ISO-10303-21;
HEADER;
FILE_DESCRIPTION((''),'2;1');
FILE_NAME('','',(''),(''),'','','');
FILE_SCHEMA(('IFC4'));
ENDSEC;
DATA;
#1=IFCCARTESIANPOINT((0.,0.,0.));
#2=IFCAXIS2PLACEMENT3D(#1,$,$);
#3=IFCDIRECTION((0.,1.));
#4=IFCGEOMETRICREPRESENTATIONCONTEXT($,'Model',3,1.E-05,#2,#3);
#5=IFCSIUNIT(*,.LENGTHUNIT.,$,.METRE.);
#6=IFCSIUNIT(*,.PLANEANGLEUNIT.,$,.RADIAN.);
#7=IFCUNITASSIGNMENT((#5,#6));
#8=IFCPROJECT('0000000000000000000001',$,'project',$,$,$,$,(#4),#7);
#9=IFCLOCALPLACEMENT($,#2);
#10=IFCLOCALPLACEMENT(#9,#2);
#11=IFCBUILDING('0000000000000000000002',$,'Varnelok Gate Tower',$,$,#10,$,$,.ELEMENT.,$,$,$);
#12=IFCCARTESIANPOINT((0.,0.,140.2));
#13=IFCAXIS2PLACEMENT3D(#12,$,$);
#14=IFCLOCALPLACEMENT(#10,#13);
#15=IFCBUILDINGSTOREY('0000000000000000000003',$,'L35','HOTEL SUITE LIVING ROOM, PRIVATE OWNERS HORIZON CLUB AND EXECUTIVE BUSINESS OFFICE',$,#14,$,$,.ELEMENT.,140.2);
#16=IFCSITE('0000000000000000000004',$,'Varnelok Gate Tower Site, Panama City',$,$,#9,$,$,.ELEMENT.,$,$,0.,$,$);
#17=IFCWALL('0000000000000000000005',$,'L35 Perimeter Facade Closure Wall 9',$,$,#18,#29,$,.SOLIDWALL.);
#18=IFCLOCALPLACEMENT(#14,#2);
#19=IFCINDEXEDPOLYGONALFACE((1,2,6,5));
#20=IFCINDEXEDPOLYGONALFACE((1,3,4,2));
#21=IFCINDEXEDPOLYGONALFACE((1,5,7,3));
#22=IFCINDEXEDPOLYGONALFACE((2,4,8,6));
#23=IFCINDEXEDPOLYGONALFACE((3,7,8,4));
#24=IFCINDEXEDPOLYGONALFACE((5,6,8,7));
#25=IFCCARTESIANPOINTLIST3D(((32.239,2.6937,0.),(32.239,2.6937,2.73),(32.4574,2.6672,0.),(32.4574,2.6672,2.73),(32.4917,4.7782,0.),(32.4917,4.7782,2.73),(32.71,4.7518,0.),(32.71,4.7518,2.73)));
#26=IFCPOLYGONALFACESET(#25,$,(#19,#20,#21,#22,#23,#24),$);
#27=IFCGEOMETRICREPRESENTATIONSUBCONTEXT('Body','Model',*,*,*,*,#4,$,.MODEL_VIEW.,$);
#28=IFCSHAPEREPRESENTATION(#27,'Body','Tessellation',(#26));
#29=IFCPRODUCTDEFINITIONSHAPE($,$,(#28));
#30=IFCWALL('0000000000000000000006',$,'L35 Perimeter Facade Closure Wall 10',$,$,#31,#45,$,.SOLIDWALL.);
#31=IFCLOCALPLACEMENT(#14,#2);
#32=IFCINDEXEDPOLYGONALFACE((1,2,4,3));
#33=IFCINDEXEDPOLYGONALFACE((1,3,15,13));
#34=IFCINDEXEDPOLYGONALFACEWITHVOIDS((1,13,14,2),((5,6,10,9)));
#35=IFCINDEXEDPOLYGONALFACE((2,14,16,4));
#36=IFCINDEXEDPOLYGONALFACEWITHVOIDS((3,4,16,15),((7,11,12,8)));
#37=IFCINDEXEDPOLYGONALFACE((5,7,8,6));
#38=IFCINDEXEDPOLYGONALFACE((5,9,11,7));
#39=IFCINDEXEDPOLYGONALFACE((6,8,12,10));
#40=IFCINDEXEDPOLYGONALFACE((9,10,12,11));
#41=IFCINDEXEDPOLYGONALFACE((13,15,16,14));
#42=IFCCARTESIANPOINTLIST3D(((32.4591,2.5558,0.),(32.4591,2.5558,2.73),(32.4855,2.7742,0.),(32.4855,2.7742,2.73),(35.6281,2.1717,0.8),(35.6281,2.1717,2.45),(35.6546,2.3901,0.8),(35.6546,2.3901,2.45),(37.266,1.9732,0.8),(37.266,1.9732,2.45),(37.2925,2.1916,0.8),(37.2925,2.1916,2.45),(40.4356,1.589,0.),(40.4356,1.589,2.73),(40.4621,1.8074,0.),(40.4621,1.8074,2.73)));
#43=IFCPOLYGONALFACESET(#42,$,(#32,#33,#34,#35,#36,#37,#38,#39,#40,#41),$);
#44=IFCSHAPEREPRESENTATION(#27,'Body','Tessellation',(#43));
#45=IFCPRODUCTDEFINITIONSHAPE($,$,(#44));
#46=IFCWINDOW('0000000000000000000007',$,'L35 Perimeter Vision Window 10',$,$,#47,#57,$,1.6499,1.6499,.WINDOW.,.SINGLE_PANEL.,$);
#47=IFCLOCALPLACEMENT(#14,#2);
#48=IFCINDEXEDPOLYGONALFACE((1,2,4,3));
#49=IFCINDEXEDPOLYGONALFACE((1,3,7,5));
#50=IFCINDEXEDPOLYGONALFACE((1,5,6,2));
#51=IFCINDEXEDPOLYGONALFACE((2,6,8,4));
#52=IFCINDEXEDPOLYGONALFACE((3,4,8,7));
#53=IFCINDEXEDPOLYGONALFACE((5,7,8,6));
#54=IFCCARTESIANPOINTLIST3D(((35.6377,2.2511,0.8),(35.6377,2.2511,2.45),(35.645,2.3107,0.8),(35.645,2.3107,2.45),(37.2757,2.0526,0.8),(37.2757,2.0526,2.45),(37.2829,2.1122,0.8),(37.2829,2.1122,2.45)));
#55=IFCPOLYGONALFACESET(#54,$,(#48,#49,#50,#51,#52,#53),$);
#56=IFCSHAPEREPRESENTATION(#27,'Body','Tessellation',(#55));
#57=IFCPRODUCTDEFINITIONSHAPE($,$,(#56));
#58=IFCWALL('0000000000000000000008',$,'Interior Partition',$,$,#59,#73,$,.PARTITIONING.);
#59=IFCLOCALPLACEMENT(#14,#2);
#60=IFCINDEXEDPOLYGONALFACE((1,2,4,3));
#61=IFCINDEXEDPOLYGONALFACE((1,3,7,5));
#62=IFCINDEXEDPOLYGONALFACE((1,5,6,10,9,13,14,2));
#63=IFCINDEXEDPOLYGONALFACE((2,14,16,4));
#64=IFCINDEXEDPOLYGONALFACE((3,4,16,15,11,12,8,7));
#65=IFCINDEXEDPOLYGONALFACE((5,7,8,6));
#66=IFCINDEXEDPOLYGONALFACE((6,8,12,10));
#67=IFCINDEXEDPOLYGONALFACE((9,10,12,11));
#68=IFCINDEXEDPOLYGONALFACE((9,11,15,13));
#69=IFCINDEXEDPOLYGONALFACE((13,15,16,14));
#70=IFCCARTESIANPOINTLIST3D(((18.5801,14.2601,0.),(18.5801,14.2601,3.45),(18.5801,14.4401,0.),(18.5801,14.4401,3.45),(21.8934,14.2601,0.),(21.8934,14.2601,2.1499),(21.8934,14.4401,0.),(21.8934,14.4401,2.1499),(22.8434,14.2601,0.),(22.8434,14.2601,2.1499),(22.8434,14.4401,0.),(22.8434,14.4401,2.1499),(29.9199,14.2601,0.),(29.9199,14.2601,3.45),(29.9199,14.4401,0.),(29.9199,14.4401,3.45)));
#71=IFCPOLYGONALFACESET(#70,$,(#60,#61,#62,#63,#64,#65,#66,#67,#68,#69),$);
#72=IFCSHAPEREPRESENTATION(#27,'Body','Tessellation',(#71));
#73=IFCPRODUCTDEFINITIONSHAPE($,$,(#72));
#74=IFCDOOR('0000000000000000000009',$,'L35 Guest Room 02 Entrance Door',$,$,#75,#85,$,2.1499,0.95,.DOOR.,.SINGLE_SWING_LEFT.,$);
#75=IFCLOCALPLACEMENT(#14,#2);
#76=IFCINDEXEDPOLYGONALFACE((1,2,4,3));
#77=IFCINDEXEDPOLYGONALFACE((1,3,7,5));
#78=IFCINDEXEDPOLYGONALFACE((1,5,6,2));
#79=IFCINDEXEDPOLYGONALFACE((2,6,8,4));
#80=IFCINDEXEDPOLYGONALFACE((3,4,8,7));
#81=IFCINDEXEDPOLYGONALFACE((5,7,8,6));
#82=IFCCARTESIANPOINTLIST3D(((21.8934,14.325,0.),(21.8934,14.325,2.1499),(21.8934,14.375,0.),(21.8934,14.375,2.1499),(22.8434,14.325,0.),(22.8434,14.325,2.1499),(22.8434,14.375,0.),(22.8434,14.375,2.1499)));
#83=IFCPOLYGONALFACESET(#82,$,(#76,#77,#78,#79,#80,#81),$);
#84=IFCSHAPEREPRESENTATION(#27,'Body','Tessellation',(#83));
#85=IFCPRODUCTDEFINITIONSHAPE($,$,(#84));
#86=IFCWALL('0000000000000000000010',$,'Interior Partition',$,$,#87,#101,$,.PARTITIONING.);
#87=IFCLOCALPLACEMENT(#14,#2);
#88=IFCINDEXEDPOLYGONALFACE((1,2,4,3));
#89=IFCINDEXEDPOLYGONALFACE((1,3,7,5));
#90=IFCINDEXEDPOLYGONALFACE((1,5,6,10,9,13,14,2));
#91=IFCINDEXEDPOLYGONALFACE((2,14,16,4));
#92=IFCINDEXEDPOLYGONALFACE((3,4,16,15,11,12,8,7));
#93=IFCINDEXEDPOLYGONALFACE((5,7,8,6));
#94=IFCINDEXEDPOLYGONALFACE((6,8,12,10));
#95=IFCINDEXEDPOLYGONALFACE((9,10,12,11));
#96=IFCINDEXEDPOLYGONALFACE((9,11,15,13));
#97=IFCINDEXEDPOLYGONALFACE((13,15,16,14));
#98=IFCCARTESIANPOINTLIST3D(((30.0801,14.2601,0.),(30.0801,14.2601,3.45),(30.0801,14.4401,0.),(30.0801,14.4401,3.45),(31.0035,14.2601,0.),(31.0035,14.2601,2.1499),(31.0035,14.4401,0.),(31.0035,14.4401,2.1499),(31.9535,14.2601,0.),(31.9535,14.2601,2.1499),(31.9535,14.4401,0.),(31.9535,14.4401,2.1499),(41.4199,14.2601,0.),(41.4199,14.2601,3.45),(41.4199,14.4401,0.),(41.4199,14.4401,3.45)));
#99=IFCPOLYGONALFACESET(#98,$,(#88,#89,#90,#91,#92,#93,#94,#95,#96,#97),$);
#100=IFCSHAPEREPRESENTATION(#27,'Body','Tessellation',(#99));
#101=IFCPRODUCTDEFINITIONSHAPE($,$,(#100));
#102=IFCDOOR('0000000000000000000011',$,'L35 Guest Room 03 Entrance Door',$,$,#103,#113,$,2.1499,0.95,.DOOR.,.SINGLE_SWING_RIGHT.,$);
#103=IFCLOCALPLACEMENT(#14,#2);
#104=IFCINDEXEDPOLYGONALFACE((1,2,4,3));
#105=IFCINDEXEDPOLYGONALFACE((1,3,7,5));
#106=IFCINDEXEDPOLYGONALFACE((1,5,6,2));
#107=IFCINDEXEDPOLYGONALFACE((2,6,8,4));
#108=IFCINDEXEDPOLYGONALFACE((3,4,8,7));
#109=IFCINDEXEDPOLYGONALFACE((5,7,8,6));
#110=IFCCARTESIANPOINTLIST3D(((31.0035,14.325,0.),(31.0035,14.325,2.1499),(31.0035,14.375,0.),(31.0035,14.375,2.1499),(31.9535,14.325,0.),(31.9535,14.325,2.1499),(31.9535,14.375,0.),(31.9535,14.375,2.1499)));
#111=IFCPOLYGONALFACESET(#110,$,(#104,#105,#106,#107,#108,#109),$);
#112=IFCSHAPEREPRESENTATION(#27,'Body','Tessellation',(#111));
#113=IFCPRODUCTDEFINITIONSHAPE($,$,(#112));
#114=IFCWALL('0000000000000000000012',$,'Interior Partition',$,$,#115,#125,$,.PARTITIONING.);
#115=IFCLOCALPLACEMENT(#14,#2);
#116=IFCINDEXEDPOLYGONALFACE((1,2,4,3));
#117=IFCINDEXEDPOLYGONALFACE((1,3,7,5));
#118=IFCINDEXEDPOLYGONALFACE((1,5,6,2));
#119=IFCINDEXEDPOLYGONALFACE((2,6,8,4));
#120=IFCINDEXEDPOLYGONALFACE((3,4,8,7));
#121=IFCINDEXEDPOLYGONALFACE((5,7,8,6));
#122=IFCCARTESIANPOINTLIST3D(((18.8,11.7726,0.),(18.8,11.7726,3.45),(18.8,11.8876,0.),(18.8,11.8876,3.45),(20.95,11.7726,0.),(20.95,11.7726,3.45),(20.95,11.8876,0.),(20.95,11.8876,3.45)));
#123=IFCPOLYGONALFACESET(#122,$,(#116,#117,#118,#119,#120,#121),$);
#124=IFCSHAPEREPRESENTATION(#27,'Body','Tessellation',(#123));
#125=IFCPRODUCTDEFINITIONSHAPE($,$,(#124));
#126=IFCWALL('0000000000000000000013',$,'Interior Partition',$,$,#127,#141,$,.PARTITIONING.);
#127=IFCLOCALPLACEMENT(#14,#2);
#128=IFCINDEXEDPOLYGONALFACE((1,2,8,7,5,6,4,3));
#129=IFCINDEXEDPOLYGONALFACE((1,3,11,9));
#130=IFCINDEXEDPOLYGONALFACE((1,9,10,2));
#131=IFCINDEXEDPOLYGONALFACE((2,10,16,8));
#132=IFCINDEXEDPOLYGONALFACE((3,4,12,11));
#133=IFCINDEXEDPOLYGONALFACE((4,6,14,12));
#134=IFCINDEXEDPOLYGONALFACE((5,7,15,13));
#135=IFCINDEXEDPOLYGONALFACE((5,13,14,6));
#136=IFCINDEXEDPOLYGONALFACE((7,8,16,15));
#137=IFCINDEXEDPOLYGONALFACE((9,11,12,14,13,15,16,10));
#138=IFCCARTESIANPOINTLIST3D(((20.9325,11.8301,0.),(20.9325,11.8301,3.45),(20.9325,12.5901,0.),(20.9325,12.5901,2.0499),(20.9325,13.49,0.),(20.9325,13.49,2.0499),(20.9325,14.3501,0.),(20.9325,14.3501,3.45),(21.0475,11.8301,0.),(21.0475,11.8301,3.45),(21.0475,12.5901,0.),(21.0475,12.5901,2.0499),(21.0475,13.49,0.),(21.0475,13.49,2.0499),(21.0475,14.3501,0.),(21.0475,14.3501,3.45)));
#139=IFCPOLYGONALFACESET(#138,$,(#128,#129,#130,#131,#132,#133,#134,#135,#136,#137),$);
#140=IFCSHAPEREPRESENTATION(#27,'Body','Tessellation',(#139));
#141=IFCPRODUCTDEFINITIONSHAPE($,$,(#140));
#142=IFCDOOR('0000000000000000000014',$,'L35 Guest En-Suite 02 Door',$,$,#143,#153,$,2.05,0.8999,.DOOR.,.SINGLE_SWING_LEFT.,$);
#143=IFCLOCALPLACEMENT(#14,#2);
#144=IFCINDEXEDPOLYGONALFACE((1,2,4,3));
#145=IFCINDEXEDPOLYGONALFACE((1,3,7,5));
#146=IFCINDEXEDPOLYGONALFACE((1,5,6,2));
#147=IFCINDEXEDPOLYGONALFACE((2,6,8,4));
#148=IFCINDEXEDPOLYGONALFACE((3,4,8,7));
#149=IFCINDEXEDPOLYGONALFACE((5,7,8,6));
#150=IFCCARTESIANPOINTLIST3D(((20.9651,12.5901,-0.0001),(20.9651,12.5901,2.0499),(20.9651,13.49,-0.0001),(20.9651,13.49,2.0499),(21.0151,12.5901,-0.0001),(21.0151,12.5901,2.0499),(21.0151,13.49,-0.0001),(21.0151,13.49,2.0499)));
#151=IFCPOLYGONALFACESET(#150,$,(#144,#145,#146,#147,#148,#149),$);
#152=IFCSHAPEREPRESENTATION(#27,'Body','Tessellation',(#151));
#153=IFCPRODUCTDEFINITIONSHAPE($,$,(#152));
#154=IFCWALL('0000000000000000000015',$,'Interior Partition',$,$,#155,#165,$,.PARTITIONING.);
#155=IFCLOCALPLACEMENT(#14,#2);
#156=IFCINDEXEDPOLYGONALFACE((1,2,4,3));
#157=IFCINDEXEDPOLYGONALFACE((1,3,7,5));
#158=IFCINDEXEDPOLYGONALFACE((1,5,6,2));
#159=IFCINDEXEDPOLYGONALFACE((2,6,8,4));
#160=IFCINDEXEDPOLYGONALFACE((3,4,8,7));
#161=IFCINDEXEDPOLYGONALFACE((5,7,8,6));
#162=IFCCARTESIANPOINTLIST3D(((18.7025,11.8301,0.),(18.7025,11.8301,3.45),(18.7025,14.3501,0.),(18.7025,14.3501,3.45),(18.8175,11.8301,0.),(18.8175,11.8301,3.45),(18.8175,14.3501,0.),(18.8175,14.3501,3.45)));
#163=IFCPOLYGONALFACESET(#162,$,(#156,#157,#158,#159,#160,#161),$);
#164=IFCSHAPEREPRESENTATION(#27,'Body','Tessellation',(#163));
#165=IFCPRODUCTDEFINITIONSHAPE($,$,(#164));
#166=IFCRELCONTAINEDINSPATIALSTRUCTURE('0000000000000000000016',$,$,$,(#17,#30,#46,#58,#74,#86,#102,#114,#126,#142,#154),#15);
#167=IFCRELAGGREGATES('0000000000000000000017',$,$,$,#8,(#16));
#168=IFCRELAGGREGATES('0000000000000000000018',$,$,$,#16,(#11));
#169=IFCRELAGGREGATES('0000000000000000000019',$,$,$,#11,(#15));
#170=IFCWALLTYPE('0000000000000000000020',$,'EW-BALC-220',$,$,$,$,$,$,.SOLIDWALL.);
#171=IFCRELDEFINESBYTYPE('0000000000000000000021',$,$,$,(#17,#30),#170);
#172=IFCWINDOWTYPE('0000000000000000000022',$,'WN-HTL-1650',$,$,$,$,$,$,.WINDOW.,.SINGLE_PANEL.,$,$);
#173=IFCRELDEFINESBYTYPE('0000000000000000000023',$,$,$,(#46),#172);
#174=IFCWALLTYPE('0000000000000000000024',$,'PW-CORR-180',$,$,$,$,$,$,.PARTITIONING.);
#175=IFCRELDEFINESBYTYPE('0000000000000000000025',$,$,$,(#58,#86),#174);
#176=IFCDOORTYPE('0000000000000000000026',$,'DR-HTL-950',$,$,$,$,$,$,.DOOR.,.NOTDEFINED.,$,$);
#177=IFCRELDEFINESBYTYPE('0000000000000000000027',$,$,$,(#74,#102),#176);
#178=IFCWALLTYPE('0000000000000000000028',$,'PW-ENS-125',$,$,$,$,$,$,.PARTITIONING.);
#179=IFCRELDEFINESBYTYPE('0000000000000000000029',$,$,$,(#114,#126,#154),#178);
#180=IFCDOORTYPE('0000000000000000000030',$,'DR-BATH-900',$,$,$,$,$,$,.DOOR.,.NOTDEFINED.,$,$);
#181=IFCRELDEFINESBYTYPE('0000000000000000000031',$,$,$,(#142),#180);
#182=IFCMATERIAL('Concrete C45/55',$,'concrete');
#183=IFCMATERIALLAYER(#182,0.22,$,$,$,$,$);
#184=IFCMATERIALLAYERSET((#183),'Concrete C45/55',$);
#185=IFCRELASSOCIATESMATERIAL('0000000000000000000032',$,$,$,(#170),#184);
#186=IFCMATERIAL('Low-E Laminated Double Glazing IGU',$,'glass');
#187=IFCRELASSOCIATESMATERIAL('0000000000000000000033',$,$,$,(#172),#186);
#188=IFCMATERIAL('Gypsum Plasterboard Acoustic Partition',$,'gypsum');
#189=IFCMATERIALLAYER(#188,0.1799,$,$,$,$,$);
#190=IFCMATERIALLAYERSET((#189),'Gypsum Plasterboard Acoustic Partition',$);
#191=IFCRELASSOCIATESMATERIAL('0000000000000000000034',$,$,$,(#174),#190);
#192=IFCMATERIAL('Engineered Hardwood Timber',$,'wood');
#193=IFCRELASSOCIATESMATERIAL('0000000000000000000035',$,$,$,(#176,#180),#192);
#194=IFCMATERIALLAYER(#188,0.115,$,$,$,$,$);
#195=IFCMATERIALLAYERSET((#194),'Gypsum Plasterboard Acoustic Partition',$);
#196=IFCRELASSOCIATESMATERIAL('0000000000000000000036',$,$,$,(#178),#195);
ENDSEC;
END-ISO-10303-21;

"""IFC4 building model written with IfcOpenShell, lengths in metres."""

from ifc_helpers import new_model, si_unit, direction, frame, frame_2d, origin, place, context, subcontext, project, spatial, rectangle, extrude, material, layer, layer_set, type_object, element, fill, save


model = new_model("IFC4")

# Units and contexts
model_context = context("Model", 3, precision=1e-05, world=origin(), true_north=direction((0.0, 1.0)))
body_context = subcontext(model_context, "Body", "Model", "MODEL_VIEW")
ifc_project = project(units=[si_unit("LENGTHUNIT", "METRE"), si_unit("PLANEANGLEUNIT", "RADIAN")], contexts=[model_context])

# Site, building, storey
site_placement = place(None, origin())
site = spatial("IfcSite", under=ifc_project, at=site_placement, Name="Varnelok Gate Tower Site, Panama City", CompositionType="ELEMENT", RefElevation=0.0)
building_placement = place(site_placement, origin())
building = spatial("IfcBuilding", under=site, at=building_placement, Name="Varnelok Gate Tower", CompositionType="ELEMENT")
storey_placement = place(building_placement, frame((0.0, 0.0, 140.2)))
storey = spatial("IfcBuildingStorey", under=building, at=storey_placement, Name="L35", Description="HOTEL SUITE LIVING ROOM, PRIVATE OWNERS HORIZON CLUB AND EXECUTIVE BUSINESS OFFICE", CompositionType="ELEMENT", Elevation=140.2)

# Shared definitions
ifc_material_1 = material(Name="Concrete C45/55", Category="concrete")
ifc_layer_1 = layer(ifc_material_1, 0.22)
ifc_layer_set_1 = layer_set([ifc_layer_1], Name="Concrete C45/55")
wall_type_1 = type_object("IfcWallType", Name="EW-BALC-220", PredefinedType="SOLIDWALL", material=ifc_layer_set_1)

# Wall
wall_1_placement = place(storey_placement, frame((32.6008, 4.7649, 0.0), z_axis=(0.0, 0.0, 1.0), x_axis=(-0.120328, -0.992734, 0.0)))
element("IfcWall", 1, at=wall_1_placement, inside=storey, type_object=wall_type_1, Name="L35 Perimeter Facade Closure Wall 9", PredefinedType="SOLIDWALL", context=body_context, shape_type="SweptSolid", body=[
    extrude(rectangle(XDim=2.0999, YDim=0.22, at=frame_2d((1.0498, 0.0))), origin(), (0.0, 0.0, 1.0), 2.73),
])

# Wall, opening, window
wall_2_placement = place(storey_placement, frame((32.4722, 2.665, 0.0), z_axis=(0.0, 0.0, 1.0), x_axis=(0.992735, -0.120324, 0.0)))
wall_2 = element("IfcWall", 2, at=wall_2_placement, inside=storey, type_object=wall_type_1, Name="L35 Perimeter Facade Closure Wall 10", PredefinedType="SOLIDWALL", context=body_context, shape_type="SweptSolid", body=[
    extrude(rectangle(XDim=8.0349, YDim=0.22, at=frame_2d((4.0176, 0.0))), origin(), (0.0, 0.0, 1.0), 2.73),
])
opening_1_placement = place(wall_2_placement, frame((3.1924, 0.0, 0.8)))
opening_1 = element("IfcOpeningElement", 3, at=opening_1_placement, cuts=wall_2, PredefinedType="OPENING", context=body_context, shape_type="SweptSolid", body=[
    extrude(rectangle(XDim=1.6499, YDim=1.6499, at=frame_2d((0.825, 0.825))), frame((0.0, 0.1199, 0.0), z_axis=(0.0, -1.0, 0.0), x_axis=(1.0, 0.0, 0.0)), (0.0, 0.0, 1.0), 0.24),
])
ifc_material_2 = material(Name="Low-E Laminated Double Glazing IGU", Category="glass")
window_type = type_object("IfcWindowType", Name="WN-HTL-1650", PartitioningType="SINGLE_PANEL", PredefinedType="WINDOW", material=ifc_material_2)
window_placement = place(opening_1_placement, origin())
window = element("IfcWindow", 4, at=window_placement, inside=storey, type_object=window_type, Name="L35 Perimeter Vision Window 10", OverallHeight=1.6499, OverallWidth=1.6499, PartitioningType="SINGLE_PANEL", PredefinedType="WINDOW", context=body_context, shape_type="SweptSolid", body=[
    extrude(rectangle(XDim=1.6499, YDim=1.6499, at=frame_2d((0.825, 0.825))), frame((0.0, 0.03, 0.0), z_axis=(0.0, -1.0, 0.0), x_axis=(1.0, 0.0, 0.0)), (0.0, 0.0, 1.0), 0.0601),
])
fill(opening_1, window)

# Walls, openings, doors
ifc_material_3 = material(Name="Gypsum Plasterboard Acoustic Partition", Category="gypsum")
ifc_layer_2 = layer(ifc_material_3, 0.1799)
ifc_layer_set_2 = layer_set([ifc_layer_2], Name="Gypsum Plasterboard Acoustic Partition")
wall_type_2 = type_object("IfcWallType", Name="PW-CORR-180", PredefinedType="PARTITIONING", material=ifc_layer_set_2)
wall_3_placement = place(storey_placement, frame((18.5801, 14.3501, 0.0), z_axis=(0.0, 0.0, 1.0), x_axis=(1.0, 0.0, 0.0)))
wall_3 = element("IfcWall", 5, at=wall_3_placement, inside=storey, type_object=wall_type_2, Name="Interior Partition", PredefinedType="PARTITIONING", context=body_context, shape_type="SweptSolid", body=[
    extrude(rectangle(XDim=11.3398, YDim=0.1799, at=frame_2d((5.6699, 0.0))), origin(), (0.0, 0.0, 1.0), 3.45),
])
opening_2_placement = place(wall_3_placement, frame((3.3132, 0.0, 0.0)))
opening_2 = element("IfcOpeningElement", 6, at=opening_2_placement, cuts=wall_3, PredefinedType="OPENING", context=body_context, shape_type="SweptSolid", body=[
    extrude(rectangle(XDim=0.95, YDim=2.1499, at=frame_2d((0.4751, 1.075))), frame((0.0, 0.0999, 0.0), z_axis=(0.0, -1.0, 0.0), x_axis=(1.0, 0.0, 0.0)), (0.0, 0.0, 1.0), 0.2),
])
ifc_material_4 = material(Name="Engineered Hardwood Timber", Category="wood")
door_type_1 = type_object("IfcDoorType", Name="DR-HTL-950", OperationType="NOTDEFINED", PredefinedType="DOOR", material=ifc_material_4)
door_1_placement = place(opening_2_placement, origin())
door_1 = element("IfcDoor", 7, at=door_1_placement, inside=storey, type_object=door_type_1, Name="L35 Guest Room 02 Entrance Door", OperationType="SINGLE_SWING_LEFT", OverallHeight=2.1499, OverallWidth=0.95, PredefinedType="DOOR", context=body_context, shape_type="SweptSolid", body=[
    extrude(rectangle(XDim=0.95, YDim=2.1499, at=frame_2d((0.4751, 1.075))), frame((0.0, 0.0249, 0.0), z_axis=(0.0, -1.0, 0.0), x_axis=(1.0, 0.0, 0.0)), (0.0, 0.0, 1.0), 0.05),
])
fill(opening_2, door_1)
wall_4_placement = place(storey_placement, frame((30.0801, 14.3501, 0.0), z_axis=(0.0, 0.0, 1.0), x_axis=(1.0, 0.0, 0.0)))
wall_4 = element("IfcWall", 8, at=wall_4_placement, inside=storey, type_object=wall_type_2, Name="Interior Partition", PredefinedType="PARTITIONING", context=body_context, shape_type="SweptSolid", body=[
    extrude(rectangle(XDim=11.3398, YDim=0.1799, at=frame_2d((5.6699, 0.0))), origin(), (0.0, 0.0, 1.0), 3.45),
])
opening_3_placement = place(wall_4_placement, frame((0.9233, 0.0, 0.0)))
opening_3 = element("IfcOpeningElement", 9, at=opening_3_placement, cuts=wall_4, PredefinedType="OPENING", context=body_context, shape_type="SweptSolid", body=[
    extrude(rectangle(XDim=0.95, YDim=2.1499, at=frame_2d((0.4751, 1.075))), frame((0.0, 0.0999, 0.0), z_axis=(0.0, -1.0, 0.0), x_axis=(1.0, 0.0, 0.0)), (0.0, 0.0, 1.0), 0.2),
])
door_2_placement = place(opening_3_placement, origin())
door_2 = element("IfcDoor", 10, at=door_2_placement, inside=storey, type_object=door_type_1, Name="L35 Guest Room 03 Entrance Door", OperationType="SINGLE_SWING_RIGHT", OverallHeight=2.1499, OverallWidth=0.95, PredefinedType="DOOR", context=body_context, shape_type="SweptSolid", body=[
    extrude(rectangle(XDim=0.95, YDim=2.1499, at=frame_2d((0.4751, 1.075))), frame((0.0, 0.0249, 0.0), z_axis=(0.0, -1.0, 0.0), x_axis=(1.0, 0.0, 0.0)), (0.0, 0.0, 1.0), 0.05),
])
fill(opening_3, door_2)

# Wall
ifc_layer_3 = layer(ifc_material_3, 0.115)
ifc_layer_set_3 = layer_set([ifc_layer_3], Name="Gypsum Plasterboard Acoustic Partition")
wall_type_3 = type_object("IfcWallType", Name="PW-ENS-125", PredefinedType="PARTITIONING", material=ifc_layer_set_3)
wall_5_placement = place(storey_placement, frame((18.8, 11.8301, 0.0), z_axis=(0.0, 0.0, 1.0), x_axis=(1.0, 0.0, 0.0)))
element("IfcWall", 11, at=wall_5_placement, inside=storey, type_object=wall_type_3, Name="Interior Partition", PredefinedType="PARTITIONING", context=body_context, shape_type="SweptSolid", body=[
    extrude(rectangle(XDim=2.1499, YDim=0.115, at=frame_2d((1.075, 0.0))), origin(), (0.0, 0.0, 1.0), 3.45),
])

# Wall, opening, door
wall_6_placement = place(storey_placement, frame((20.99, 11.8301, 0.0), z_axis=(0.0, 0.0, 1.0), x_axis=(0.0, 1.0, 0.0)))
wall_6 = element("IfcWall", 12, at=wall_6_placement, inside=storey, type_object=wall_type_3, Name="Interior Partition", PredefinedType="PARTITIONING", context=body_context, shape_type="SweptSolid", body=[
    extrude(rectangle(XDim=2.52, YDim=0.115, at=frame_2d((1.26, 0.0))), origin(), (0.0, 0.0, 1.0), 3.45),
])
opening_4_placement = place(wall_6_placement, frame((0.76, 0.0, 0.0)))
opening_4 = element("IfcOpeningElement", 13, at=opening_4_placement, cuts=wall_6, PredefinedType="OPENING", context=body_context, shape_type="SweptSolid", body=[
    extrude(rectangle(XDim=0.8999, YDim=2.05, at=frame_2d((0.45, 1.0249))), frame((0.0, 0.0674, 0.0), z_axis=(0.0, -1.0, 0.0), x_axis=(1.0, 0.0, 0.0)), (0.0, 0.0, 1.0), 0.135),
])
door_type_2 = type_object("IfcDoorType", Name="DR-BATH-900", OperationType="NOTDEFINED", PredefinedType="DOOR", material=ifc_material_4)
door_3_placement = place(opening_4_placement, origin())
door_3 = element("IfcDoor", 14, at=door_3_placement, inside=storey, type_object=door_type_2, Name="L35 Guest En-Suite 02 Door", OperationType="SINGLE_SWING_LEFT", OverallHeight=2.05, OverallWidth=0.8999, PredefinedType="DOOR", context=body_context, shape_type="SweptSolid", body=[
    extrude(rectangle(XDim=0.8999, YDim=2.05, at=frame_2d((0.45, 1.0249))), frame((0.0, 0.0249, 0.0), z_axis=(0.0, -1.0, 0.0), x_axis=(1.0, 0.0, 0.0)), (0.0, 0.0, 1.0), 0.05),
])
fill(opening_4, door_3)

# Wall
wall_7_placement = place(storey_placement, frame((18.76, 11.8301, 0.0), z_axis=(0.0, 0.0, 1.0), x_axis=(0.0, 1.0, 0.0)))
element("IfcWall", 15, at=wall_7_placement, inside=storey, type_object=wall_type_3, Name="Interior Partition", PredefinedType="PARTITIONING", context=body_context, shape_type="SweptSolid", body=[
    extrude(rectangle(XDim=2.52, YDim=0.115, at=frame_2d((1.26, 0.0))), origin(), (0.0, 0.0, 1.0), 3.45),
])

save(model, "model.ifc")
